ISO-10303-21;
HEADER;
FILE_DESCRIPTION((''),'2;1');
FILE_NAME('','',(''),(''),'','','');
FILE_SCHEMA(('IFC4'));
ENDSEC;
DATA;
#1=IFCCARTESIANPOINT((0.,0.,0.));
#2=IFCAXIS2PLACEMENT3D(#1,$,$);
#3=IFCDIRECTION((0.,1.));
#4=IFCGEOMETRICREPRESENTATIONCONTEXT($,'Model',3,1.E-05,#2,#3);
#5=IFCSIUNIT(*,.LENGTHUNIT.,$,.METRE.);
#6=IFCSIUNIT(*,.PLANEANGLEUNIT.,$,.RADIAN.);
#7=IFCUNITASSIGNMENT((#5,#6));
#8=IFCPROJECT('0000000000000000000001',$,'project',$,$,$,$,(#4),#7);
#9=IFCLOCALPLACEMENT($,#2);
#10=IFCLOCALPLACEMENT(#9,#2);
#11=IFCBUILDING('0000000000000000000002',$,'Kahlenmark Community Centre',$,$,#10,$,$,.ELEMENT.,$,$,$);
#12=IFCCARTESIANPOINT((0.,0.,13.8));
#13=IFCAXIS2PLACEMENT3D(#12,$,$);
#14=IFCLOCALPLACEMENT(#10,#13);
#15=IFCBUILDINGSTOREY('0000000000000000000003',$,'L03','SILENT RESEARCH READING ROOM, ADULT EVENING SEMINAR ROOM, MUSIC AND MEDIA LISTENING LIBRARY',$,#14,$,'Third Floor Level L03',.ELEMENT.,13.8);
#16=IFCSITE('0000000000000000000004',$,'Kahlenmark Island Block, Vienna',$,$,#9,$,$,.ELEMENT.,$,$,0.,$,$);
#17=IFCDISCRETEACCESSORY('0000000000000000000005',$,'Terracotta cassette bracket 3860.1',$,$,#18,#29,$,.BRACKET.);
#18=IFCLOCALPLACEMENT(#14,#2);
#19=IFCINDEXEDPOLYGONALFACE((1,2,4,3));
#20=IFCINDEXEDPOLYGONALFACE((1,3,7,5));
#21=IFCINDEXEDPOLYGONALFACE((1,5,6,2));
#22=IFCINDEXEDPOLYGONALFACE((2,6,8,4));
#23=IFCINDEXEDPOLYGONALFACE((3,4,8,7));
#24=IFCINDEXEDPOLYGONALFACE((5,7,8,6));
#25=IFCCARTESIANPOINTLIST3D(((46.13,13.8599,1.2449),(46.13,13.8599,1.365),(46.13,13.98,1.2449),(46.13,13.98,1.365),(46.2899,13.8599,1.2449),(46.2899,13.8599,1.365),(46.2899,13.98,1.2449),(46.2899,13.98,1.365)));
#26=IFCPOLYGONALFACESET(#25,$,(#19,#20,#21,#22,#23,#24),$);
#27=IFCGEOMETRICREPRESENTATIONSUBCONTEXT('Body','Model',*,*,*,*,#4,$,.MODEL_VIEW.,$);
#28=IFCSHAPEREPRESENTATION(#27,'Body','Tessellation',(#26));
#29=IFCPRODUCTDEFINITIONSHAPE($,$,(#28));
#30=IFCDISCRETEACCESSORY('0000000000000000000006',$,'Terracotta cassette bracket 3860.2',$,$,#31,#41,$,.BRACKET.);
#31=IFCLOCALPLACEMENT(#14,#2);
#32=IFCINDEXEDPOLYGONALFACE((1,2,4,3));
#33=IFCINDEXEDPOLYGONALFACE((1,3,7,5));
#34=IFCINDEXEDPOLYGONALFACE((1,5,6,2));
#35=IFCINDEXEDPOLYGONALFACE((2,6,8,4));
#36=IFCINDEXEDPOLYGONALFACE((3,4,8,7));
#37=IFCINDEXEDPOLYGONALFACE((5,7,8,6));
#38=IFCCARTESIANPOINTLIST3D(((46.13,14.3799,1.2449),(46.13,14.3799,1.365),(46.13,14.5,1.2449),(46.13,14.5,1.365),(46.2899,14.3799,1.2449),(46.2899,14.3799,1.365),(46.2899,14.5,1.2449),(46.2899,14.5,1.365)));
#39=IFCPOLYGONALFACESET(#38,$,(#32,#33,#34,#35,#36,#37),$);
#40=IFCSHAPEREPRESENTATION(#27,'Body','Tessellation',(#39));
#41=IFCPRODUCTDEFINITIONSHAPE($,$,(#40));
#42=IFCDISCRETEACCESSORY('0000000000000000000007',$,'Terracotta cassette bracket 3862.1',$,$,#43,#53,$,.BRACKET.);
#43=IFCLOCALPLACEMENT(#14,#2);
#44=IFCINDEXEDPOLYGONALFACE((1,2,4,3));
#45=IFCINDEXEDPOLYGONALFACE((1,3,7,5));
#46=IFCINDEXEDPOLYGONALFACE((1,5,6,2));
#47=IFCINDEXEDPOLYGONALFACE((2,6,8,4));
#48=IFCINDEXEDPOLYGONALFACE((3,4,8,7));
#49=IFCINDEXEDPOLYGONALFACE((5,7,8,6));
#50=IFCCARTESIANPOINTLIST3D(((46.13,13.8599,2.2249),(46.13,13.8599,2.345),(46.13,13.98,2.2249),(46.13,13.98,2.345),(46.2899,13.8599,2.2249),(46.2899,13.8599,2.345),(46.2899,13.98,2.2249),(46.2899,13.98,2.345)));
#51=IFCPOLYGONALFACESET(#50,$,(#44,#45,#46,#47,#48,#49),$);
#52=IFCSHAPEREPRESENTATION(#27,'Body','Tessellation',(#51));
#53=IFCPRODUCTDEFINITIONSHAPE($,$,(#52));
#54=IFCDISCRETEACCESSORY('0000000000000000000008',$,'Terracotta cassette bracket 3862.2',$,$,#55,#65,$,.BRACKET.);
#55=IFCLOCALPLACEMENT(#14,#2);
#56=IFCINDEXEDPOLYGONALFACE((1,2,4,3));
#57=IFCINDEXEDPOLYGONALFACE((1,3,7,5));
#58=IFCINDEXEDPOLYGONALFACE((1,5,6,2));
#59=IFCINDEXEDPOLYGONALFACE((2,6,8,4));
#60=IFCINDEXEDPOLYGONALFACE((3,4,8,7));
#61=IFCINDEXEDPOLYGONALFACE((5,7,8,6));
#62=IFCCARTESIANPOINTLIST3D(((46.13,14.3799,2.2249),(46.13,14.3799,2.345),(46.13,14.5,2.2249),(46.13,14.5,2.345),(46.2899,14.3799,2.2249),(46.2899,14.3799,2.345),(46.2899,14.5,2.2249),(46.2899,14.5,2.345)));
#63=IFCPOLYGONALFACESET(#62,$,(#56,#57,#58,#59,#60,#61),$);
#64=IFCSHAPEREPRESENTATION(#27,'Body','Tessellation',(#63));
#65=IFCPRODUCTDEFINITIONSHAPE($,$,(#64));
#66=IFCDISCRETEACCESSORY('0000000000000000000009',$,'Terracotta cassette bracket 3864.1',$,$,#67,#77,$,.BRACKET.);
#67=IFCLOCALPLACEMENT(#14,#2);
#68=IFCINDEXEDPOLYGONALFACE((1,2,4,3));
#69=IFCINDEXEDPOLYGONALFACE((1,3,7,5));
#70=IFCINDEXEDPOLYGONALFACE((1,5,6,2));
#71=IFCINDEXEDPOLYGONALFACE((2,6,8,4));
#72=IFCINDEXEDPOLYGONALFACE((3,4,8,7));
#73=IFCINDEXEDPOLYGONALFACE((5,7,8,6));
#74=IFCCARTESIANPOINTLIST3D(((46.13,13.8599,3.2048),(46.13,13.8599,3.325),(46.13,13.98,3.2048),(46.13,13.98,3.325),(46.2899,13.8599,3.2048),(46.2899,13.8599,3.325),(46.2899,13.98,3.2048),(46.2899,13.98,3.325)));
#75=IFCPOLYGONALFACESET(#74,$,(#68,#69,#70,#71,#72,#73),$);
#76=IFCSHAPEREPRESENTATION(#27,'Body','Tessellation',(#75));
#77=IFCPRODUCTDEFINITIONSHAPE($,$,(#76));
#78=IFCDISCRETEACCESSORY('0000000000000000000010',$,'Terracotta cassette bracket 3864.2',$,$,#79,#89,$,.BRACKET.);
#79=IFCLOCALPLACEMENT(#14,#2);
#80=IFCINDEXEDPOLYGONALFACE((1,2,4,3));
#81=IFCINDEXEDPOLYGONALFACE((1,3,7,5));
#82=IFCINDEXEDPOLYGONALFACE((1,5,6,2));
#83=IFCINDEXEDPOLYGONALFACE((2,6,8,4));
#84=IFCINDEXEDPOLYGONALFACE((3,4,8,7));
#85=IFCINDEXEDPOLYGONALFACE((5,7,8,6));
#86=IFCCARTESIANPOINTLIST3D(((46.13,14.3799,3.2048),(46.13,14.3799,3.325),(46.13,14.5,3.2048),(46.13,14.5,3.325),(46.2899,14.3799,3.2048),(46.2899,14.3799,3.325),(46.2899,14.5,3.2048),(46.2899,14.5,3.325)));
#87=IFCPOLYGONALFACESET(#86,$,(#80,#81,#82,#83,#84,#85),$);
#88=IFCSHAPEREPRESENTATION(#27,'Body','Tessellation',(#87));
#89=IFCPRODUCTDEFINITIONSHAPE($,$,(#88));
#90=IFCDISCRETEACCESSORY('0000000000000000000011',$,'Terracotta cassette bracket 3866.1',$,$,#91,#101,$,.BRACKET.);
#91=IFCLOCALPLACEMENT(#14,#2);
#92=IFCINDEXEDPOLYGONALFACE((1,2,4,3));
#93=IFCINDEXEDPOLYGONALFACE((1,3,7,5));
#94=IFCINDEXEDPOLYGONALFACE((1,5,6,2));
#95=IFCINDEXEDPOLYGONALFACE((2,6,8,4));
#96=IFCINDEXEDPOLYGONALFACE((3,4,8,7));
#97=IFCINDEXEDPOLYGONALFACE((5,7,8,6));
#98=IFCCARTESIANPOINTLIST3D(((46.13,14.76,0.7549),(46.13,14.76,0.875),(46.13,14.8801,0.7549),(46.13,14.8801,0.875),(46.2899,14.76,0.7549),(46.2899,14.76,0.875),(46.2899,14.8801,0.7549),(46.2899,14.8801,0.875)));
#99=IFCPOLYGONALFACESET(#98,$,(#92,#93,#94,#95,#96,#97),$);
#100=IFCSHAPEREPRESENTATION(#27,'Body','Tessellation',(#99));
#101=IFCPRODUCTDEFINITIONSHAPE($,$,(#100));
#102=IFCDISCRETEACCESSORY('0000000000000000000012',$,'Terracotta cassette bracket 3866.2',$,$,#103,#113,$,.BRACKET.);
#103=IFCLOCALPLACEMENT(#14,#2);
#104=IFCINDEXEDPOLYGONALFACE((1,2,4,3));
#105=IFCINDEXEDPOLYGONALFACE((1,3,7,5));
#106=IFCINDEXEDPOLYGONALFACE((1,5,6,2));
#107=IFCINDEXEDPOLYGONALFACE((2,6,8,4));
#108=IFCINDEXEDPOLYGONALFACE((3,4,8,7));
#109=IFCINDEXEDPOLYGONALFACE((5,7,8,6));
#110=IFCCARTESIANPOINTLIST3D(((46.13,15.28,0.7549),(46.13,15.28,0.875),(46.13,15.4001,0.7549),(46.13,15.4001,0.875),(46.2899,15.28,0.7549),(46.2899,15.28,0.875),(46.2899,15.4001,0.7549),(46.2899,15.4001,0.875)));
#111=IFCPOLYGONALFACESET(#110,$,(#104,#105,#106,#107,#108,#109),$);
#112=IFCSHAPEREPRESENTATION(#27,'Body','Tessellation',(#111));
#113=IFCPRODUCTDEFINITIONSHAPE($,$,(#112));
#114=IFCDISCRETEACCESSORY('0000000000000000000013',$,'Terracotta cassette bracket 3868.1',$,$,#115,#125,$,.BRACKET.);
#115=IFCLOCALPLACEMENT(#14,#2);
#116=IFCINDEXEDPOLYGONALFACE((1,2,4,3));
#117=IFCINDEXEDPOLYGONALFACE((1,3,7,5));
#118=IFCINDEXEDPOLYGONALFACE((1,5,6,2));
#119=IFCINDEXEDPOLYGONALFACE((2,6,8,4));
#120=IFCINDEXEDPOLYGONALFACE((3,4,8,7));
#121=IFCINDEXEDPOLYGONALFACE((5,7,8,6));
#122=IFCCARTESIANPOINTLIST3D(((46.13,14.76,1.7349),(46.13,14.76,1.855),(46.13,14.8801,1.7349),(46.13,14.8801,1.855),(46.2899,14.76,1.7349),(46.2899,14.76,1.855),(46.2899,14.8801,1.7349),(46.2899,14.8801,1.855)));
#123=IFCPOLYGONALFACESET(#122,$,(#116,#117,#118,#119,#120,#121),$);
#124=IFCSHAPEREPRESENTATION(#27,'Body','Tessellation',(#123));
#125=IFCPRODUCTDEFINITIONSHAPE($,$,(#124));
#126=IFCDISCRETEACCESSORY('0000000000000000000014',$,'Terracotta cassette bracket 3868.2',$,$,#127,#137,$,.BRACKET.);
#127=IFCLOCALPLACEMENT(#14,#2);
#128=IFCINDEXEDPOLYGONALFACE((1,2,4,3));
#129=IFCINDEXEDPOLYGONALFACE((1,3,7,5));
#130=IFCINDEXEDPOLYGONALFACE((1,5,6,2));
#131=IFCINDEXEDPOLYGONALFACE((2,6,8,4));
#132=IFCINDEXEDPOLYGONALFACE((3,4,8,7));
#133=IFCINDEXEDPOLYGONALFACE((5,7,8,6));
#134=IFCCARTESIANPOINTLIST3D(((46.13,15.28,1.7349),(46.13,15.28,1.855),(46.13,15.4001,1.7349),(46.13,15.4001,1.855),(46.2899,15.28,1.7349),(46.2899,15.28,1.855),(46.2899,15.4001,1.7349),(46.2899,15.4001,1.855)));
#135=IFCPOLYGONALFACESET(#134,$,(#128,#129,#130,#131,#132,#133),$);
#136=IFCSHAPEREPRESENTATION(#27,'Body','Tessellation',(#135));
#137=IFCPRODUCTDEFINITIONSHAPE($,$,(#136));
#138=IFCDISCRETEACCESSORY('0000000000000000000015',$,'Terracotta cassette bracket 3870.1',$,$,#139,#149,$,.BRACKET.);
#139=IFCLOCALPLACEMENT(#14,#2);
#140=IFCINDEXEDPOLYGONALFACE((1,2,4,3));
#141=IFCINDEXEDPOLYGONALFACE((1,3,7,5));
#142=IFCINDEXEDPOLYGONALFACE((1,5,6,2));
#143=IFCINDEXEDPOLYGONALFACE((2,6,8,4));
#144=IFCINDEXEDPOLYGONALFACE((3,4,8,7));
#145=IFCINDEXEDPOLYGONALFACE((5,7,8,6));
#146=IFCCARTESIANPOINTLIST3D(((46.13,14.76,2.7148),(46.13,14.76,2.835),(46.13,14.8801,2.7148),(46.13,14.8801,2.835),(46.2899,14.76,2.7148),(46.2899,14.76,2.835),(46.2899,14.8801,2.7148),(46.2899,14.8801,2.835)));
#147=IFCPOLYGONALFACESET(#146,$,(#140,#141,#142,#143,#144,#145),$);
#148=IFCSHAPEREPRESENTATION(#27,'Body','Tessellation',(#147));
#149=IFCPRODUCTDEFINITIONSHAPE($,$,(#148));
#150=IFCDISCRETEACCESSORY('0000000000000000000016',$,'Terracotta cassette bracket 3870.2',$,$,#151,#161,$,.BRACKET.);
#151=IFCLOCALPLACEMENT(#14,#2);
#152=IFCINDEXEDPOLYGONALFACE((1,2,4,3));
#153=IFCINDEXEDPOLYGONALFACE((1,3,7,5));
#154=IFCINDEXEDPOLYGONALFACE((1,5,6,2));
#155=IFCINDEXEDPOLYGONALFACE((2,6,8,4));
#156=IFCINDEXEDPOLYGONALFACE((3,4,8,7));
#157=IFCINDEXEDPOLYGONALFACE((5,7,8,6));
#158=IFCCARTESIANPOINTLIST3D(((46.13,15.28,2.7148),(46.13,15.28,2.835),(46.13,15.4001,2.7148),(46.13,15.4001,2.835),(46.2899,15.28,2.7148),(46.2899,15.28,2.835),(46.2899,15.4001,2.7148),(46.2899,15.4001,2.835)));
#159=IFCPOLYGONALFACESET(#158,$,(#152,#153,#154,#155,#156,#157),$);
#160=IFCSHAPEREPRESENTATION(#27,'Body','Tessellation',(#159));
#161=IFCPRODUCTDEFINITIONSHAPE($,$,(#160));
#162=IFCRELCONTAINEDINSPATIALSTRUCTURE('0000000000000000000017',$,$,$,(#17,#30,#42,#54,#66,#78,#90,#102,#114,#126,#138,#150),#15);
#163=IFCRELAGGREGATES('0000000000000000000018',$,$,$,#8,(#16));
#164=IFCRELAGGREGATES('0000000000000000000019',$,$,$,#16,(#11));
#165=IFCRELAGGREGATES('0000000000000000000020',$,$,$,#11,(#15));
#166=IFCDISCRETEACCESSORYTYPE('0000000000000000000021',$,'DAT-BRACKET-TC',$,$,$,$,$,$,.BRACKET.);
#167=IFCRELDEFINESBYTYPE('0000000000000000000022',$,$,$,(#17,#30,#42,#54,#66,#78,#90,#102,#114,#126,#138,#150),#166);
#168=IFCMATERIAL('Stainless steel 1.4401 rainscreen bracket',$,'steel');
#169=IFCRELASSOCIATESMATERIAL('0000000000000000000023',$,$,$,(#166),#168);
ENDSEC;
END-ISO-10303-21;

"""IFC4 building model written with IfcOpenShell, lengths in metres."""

from ifc_helpers import new_model, si_unit, direction, frame, origin, origin_2d, place, context, subcontext, project, spatial, rectangle, extrude, material, type_object, element, save


model = new_model("IFC4")

# Units and contexts
model_context = context("Model", 3, precision=1e-05, world=origin(), true_north=direction((0.0, 1.0)))
body_context = subcontext(model_context, "Body", "Model", "MODEL_VIEW")
ifc_project = project(units=[si_unit("LENGTHUNIT", "METRE"), si_unit("PLANEANGLEUNIT", "RADIAN")], contexts=[model_context])

# Site, building, storey
site_placement = place(None, origin())
site = spatial("IfcSite", under=ifc_project, at=site_placement, Name="Kahlenmark Island Block, Vienna", CompositionType="ELEMENT", RefElevation=0.0)
building_placement = place(site_placement, origin())
building = spatial("IfcBuilding", under=site, at=building_placement, Name="Kahlenmark Community Centre", CompositionType="ELEMENT")
storey_placement = place(building_placement, frame((0.0, 0.0, 13.8)))
storey = spatial("IfcBuildingStorey", under=building, at=storey_placement, Name="L03", Description="SILENT RESEARCH READING ROOM, ADULT EVENING SEMINAR ROOM, MUSIC AND MEDIA LISTENING LIBRARY", LongName="Third Floor Level L03", CompositionType="ELEMENT", Elevation=13.8)

# Discrete accessories
ifc_material_1 = material(Name="Stainless steel 1.4401 rainscreen bracket", Category="steel")
discrete_accessory_type = type_object("IfcDiscreteAccessoryType", Name="DAT-BRACKET-TC", PredefinedType="BRACKET", material=ifc_material_1)
for number, where, z_axis, x_axis, name in (
    (1, (46.21, 13.9199, 1.2449), (0.0, 0.0, 1.0), (0.0, 1.0, 0.0), "Terracotta cassette bracket 3860.1"),
    (2, (46.21, 14.4399, 1.2449), (0.0, 0.0, 1.0), (0.0, 1.0, 0.0), "Terracotta cassette bracket 3860.2"),
    (3, (46.21, 13.9199, 2.2249), (0.0, 0.0, 1.0), (0.0, 1.0, 0.0), "Terracotta cassette bracket 3862.1"),
    (4, (46.21, 14.4399, 2.2249), (0.0, 0.0, 1.0), (0.0, 1.0, 0.0), "Terracotta cassette bracket 3862.2"),
    (5, (46.21, 13.9199, 3.2048), (0.0, 0.0, 1.0), (0.0, 1.0, 0.0), "Terracotta cassette bracket 3864.1"),
    (6, (46.21, 14.4399, 3.2048), (0.0, 0.0, 1.0), (0.0, 1.0, 0.0), "Terracotta cassette bracket 3864.2"),
    (7, (46.21, 14.8201, 0.7549), (0.0, 0.0, 1.0), (0.0, 1.0, 0.0), "Terracotta cassette bracket 3866.1"),
    (8, (46.21, 15.3401, 0.7549), (0.0, 0.0, 1.0), (0.0, 1.0, 0.0), "Terracotta cassette bracket 3866.2"),
    (9, (46.21, 14.8201, 1.7349), (0.0, 0.0, 1.0), (0.0, 1.0, 0.0), "Terracotta cassette bracket 3868.1"),
    (10, (46.21, 15.3401, 1.7349), (0.0, 0.0, 1.0), (0.0, 1.0, 0.0), "Terracotta cassette bracket 3868.2"),
    (11, (46.21, 14.8201, 2.7148), (0.0, 0.0, 1.0), (0.0, 1.0, 0.0), "Terracotta cassette bracket 3870.1"),
    (12, (46.21, 15.3401, 2.7148), (0.0, 0.0, 1.0), (0.0, 1.0, 0.0), "Terracotta cassette bracket 3870.2"),
):
    element("IfcDiscreteAccessory", number, at=place(storey_placement, frame(where, z_axis=z_axis, x_axis=x_axis)), inside=storey, type_object=discrete_accessory_type, Name=name, PredefinedType="BRACKET", context=body_context, shape_type="SweptSolid", body=[
        extrude(rectangle(XDim=0.1201, YDim=0.1599, at=origin_2d()), origin(), (0.0, 0.0, 1.0), 0.1201),
    ])

save(model, "model.ifc")
